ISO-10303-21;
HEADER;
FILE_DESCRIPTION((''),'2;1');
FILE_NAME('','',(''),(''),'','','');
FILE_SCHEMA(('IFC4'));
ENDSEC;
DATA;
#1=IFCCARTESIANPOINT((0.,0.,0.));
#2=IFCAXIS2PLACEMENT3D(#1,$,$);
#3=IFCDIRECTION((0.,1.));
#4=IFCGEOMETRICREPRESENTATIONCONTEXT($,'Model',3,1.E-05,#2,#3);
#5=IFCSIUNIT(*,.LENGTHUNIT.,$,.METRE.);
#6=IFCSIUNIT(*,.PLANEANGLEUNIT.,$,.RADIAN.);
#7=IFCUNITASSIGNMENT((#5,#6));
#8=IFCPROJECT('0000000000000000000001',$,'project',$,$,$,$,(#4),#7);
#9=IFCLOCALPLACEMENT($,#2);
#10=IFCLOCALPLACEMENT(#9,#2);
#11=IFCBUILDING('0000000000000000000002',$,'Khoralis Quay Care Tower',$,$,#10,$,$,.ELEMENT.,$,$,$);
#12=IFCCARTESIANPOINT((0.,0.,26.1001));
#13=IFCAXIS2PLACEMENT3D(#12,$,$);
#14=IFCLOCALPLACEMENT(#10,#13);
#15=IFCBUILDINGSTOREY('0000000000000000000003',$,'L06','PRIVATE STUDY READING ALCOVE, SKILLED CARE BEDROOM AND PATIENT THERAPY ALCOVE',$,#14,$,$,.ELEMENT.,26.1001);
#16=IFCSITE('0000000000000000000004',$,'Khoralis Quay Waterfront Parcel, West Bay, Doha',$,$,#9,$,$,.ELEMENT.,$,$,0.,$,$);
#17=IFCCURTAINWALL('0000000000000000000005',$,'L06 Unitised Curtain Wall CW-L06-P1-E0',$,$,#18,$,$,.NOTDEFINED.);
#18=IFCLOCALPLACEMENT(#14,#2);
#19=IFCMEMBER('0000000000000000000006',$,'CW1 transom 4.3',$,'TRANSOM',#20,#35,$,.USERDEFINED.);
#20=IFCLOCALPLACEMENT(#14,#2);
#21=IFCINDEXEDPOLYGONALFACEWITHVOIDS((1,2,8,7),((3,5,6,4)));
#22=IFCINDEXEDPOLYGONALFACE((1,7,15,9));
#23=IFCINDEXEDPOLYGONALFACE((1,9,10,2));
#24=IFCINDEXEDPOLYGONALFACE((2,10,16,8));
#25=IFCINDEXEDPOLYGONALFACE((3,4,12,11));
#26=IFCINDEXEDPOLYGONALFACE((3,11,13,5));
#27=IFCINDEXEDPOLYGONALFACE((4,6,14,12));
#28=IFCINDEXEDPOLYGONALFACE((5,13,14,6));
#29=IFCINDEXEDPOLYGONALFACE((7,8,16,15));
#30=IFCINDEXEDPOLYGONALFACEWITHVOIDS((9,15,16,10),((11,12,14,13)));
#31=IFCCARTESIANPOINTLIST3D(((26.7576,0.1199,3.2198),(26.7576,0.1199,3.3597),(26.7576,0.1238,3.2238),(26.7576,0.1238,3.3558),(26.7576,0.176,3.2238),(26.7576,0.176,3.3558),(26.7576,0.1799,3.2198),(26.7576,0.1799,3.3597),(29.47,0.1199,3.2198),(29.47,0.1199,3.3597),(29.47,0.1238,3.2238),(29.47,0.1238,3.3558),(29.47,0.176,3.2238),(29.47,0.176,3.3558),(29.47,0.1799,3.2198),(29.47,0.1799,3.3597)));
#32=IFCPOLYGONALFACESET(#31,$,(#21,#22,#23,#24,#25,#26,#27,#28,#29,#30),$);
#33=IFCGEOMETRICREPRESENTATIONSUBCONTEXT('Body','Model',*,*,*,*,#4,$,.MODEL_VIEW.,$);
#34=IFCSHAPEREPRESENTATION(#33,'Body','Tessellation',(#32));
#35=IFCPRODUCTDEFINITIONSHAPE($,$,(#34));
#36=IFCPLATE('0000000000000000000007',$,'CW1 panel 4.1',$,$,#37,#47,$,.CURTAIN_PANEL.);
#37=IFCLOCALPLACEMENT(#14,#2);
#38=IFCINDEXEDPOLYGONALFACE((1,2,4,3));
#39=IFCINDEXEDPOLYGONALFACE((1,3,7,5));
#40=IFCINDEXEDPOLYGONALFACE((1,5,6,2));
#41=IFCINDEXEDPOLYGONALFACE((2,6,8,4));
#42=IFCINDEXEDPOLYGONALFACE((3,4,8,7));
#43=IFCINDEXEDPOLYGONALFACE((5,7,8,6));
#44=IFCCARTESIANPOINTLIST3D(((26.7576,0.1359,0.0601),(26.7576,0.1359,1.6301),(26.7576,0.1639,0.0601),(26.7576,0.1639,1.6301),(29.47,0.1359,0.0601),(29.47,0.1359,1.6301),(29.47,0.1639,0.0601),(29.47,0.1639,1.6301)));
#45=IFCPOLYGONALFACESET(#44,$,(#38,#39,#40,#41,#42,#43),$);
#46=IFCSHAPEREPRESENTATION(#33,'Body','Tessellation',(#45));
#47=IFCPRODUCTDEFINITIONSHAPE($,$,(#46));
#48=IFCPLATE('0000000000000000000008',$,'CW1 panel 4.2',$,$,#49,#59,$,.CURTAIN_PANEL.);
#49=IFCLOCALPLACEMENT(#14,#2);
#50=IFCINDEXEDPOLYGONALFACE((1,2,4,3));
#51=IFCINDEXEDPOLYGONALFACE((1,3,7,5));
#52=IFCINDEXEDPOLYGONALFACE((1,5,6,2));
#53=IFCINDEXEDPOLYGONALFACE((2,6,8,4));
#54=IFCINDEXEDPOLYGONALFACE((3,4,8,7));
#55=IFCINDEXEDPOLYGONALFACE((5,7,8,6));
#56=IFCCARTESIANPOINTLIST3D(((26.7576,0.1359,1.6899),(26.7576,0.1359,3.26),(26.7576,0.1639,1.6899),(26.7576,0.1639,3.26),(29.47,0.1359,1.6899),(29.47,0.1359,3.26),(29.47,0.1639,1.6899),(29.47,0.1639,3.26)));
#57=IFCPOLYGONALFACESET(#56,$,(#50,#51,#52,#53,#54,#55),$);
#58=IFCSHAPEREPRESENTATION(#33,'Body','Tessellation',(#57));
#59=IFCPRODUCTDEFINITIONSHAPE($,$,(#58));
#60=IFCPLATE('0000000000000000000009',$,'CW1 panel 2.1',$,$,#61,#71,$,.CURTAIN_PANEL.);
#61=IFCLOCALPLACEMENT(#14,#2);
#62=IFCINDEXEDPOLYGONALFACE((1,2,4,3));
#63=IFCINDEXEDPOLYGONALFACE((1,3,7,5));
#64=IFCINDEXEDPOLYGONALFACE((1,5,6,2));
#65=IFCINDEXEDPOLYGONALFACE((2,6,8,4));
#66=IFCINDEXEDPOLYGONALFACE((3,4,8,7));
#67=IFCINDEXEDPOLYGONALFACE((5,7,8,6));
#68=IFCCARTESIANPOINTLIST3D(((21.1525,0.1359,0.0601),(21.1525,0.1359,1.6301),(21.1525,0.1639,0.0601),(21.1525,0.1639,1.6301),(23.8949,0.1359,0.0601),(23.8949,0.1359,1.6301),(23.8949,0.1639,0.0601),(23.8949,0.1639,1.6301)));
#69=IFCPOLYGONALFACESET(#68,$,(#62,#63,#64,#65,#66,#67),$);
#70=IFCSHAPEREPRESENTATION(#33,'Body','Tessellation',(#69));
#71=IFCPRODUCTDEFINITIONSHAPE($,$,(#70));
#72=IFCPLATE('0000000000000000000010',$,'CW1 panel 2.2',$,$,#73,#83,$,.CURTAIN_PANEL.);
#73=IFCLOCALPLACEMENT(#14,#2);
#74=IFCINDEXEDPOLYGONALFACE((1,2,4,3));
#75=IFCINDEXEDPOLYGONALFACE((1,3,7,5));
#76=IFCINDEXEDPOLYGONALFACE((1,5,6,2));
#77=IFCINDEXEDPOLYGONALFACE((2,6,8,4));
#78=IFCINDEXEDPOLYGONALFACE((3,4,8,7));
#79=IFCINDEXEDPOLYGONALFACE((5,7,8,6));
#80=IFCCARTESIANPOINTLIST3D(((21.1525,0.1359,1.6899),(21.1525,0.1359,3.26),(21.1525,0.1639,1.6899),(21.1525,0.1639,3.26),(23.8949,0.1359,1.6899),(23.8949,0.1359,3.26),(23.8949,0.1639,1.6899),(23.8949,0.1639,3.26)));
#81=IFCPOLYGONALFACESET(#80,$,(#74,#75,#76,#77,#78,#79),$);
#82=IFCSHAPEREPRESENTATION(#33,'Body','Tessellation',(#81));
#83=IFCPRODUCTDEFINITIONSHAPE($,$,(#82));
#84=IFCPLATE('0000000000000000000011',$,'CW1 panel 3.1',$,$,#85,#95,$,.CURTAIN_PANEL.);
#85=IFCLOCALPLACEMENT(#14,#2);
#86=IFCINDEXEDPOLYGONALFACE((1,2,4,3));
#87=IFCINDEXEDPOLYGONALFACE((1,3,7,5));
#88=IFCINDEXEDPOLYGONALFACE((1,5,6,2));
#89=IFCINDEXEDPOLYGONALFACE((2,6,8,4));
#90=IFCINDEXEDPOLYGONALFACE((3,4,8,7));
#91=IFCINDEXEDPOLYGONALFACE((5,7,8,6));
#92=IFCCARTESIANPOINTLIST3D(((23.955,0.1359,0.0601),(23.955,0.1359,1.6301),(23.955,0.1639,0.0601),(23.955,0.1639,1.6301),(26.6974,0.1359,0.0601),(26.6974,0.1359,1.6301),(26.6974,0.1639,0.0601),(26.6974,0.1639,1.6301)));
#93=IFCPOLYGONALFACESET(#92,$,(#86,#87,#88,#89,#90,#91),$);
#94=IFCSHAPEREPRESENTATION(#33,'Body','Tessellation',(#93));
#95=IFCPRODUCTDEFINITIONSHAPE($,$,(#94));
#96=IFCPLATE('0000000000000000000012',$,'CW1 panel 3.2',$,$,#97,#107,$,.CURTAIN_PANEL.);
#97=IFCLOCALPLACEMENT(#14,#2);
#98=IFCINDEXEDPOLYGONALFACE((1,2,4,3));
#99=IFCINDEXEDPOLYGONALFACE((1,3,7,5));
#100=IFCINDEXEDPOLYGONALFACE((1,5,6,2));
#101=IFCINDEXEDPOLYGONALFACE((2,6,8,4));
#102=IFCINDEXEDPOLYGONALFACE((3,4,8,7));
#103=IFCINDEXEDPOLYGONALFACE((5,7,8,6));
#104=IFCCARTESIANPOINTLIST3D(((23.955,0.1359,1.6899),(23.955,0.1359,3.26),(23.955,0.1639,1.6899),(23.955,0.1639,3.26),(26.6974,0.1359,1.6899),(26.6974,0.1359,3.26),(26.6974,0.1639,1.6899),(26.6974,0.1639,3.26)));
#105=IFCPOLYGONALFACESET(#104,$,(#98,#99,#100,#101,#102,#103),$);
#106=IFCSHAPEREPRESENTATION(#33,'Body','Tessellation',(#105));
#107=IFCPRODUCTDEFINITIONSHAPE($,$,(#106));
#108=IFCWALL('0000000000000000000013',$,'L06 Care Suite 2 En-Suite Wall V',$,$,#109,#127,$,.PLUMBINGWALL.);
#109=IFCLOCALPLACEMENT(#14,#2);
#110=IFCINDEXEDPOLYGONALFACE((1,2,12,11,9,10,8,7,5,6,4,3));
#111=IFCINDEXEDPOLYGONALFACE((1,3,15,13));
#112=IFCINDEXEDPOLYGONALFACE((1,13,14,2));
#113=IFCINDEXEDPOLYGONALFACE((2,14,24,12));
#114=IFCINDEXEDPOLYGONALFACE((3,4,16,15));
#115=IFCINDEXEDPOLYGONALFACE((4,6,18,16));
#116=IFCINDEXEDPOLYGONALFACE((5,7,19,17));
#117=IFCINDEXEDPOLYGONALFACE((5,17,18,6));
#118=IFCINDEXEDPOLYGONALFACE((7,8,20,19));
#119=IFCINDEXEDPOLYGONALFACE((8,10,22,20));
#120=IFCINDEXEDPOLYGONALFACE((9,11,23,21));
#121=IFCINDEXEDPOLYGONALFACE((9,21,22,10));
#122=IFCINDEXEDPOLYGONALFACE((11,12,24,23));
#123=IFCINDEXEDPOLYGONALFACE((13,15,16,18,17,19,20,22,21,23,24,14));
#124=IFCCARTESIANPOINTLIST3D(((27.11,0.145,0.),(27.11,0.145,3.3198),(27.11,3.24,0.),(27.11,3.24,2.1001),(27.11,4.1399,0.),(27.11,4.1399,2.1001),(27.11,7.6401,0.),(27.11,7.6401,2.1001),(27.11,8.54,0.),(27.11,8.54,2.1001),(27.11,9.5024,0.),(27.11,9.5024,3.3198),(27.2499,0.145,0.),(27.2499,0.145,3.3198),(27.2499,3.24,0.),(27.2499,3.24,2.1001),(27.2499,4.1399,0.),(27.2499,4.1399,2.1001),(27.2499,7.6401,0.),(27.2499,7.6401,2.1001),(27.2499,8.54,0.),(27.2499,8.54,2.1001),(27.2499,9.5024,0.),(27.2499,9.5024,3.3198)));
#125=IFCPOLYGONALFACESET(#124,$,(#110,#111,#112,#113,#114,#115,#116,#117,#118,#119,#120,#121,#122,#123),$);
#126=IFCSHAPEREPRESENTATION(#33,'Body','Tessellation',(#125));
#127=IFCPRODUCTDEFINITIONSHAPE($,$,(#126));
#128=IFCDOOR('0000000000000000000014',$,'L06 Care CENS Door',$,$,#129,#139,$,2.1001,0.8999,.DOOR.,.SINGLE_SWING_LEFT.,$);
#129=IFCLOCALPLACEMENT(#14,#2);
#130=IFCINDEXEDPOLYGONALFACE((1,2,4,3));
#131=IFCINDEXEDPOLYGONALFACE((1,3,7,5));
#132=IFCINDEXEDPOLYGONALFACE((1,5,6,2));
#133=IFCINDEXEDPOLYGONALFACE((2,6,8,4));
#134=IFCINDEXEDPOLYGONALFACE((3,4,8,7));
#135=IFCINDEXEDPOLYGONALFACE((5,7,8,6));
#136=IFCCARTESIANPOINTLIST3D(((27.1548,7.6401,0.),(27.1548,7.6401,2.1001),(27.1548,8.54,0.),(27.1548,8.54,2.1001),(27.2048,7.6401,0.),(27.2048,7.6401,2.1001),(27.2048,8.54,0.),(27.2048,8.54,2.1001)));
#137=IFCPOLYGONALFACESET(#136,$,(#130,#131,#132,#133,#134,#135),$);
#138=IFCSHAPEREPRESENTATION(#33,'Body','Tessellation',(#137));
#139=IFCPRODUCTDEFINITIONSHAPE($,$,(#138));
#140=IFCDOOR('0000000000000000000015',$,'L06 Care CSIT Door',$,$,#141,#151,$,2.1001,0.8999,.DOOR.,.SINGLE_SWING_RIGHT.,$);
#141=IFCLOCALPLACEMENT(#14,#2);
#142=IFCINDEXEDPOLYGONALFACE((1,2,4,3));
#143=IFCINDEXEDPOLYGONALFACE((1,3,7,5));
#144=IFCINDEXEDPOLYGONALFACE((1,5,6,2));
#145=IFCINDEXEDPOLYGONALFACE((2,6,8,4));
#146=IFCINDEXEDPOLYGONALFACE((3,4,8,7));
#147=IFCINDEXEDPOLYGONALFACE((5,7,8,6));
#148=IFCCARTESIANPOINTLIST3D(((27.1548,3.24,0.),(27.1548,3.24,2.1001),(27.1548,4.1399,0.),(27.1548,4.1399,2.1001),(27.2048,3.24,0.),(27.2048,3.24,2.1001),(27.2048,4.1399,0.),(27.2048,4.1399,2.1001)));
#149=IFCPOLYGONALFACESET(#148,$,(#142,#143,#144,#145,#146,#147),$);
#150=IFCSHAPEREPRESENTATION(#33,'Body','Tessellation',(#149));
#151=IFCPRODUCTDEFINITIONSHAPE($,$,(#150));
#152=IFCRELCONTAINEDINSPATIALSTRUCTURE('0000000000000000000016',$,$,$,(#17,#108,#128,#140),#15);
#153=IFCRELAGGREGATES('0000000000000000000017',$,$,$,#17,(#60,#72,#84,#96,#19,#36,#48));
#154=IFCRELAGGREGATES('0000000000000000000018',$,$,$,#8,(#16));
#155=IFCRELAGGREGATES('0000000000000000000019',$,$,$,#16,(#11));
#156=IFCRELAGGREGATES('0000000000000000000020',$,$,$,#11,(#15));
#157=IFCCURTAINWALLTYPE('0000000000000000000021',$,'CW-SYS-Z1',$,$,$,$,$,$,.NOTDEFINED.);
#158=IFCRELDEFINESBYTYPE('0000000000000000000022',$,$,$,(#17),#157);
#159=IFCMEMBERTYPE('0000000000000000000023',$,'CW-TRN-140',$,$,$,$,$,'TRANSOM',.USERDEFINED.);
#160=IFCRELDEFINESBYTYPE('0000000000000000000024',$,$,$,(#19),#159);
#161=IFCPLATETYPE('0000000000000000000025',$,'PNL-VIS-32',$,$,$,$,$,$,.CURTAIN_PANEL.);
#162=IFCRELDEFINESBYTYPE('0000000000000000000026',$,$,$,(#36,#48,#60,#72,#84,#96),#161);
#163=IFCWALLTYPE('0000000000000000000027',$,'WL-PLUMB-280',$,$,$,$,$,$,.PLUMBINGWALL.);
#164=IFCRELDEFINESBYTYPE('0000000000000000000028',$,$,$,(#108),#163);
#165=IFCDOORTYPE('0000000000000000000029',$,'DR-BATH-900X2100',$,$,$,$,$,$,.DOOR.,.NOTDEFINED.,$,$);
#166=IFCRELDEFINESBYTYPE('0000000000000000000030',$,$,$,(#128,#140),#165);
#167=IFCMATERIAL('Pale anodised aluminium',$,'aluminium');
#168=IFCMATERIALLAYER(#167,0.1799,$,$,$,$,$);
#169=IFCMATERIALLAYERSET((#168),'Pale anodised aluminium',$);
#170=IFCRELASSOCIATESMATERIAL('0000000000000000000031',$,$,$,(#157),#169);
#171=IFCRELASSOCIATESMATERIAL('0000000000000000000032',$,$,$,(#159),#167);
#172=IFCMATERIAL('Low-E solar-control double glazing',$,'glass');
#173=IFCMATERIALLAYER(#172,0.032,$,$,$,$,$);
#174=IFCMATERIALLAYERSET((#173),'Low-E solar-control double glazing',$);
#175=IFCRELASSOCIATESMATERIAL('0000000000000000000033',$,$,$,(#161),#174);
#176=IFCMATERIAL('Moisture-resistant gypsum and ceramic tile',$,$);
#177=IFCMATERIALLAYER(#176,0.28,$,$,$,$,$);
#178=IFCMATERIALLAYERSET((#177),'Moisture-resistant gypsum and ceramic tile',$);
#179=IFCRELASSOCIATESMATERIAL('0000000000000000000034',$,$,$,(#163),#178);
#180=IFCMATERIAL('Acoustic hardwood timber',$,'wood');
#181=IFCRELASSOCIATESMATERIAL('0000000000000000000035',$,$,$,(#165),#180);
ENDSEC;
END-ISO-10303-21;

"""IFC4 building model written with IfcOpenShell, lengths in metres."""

from ifc_helpers import new_model, si_unit, direction, frame, frame_2d, origin, origin_2d, place, context, subcontext, project, spatial, rectangle, hollow_rectangle, extrude, source, transform, mapped, material, layer, layer_set, material_profile, profile_set, type_object, element, fill, aggregate, save


model = new_model("IFC4")

# Units and contexts
model_context = context("Model", 3, precision=1e-05, world=origin(), true_north=direction((0.0, 1.0)))
body_context = subcontext(model_context, "Body", "Model", "MODEL_VIEW")
ifc_project = project(units=[si_unit("LENGTHUNIT", "METRE"), si_unit("PLANEANGLEUNIT", "RADIAN")], contexts=[model_context])

# Site, building, storey
site_placement = place(None, origin())
site = spatial("IfcSite", under=ifc_project, at=site_placement, Name="Khoralis Quay Waterfront Parcel, West Bay, Doha", CompositionType="ELEMENT", RefElevation=0.0)
building_placement = place(site_placement, origin())
building = spatial("IfcBuilding", under=site, at=building_placement, Name="Khoralis Quay Care Tower", CompositionType="ELEMENT")
storey_placement = place(building_placement, frame((0.0, 0.0, 26.1001)))
storey = spatial("IfcBuildingStorey", under=building, at=storey_placement, Name="L06", Description="PRIVATE STUDY READING ALCOVE, SKILLED CARE BEDROOM AND PATIENT THERAPY ALCOVE", CompositionType="ELEMENT", Elevation=26.1001)

# Curtain wall, member, plates
ifc_material_1 = material(Name="Pale anodised aluminium", Category="aluminium")
ifc_layer_1 = layer(ifc_material_1, 0.1799)
ifc_layer_set_1 = layer_set([ifc_layer_1], Name="Pale anodised aluminium")
curtain_wall_type = type_object("IfcCurtainWallType", Name="CW-SYS-Z1", PredefinedType="NOTDEFINED", material=ifc_layer_set_1)
curtain_wall_placement = place(storey_placement, origin())
curtain_wall = element("IfcCurtainWall", 1, at=curtain_wall_placement, inside=storey, type_object=curtain_wall_type, Name="L06 Unitised Curtain Wall CW-L06-P1-E0", PredefinedType="NOTDEFINED")
ifc_material_profile_1 = material_profile(ifc_material_1, hollow_rectangle(XDim=0.0601, YDim=0.1399, WallThickness=0.0039, at=origin_2d()), Name="Pale anodised aluminium")
ifc_profile_set_1 = profile_set([ifc_material_profile_1], Name="Pale anodised aluminium")
member_type_1 = type_object("IfcMemberType", Name="CW-TRN-140", ElementType="TRANSOM", PredefinedType="USERDEFINED", material=ifc_profile_set_1)
shared_shape_1 = source(origin(), body_context, "Body", "SweptSolid", [
    extrude(hollow_rectangle(XDim=0.0601, YDim=0.1399, WallThickness=0.0039, at=origin_2d()), origin(), (0.0, 0.0, 1.0), 2.7124),
])
member_1_placement = place(storey_placement, frame((26.7576, 0.1499, 3.2898), z_axis=(1.0, 0.0, 0.0), x_axis=(0.0, 1.0, 0.0)))
member_1 = element("IfcMember", 2, at=member_1_placement, type_object=member_type_1, Name="CW1 transom 4.3", ObjectType="TRANSOM", PredefinedType="USERDEFINED", context=body_context, shape_type="MappedRepresentation", body=[
    mapped(shared_shape_1, transform((0.0, 0.0, 0.0), scale=1.0)),
])
ifc_material_2 = material(Name="Low-E solar-control double glazing", Category="glass")
ifc_layer_2 = layer(ifc_material_2, 0.032)
ifc_layer_set_2 = layer_set([ifc_layer_2], Name="Low-E solar-control double glazing")
plate_type = type_object("IfcPlateType", Name="PNL-VIS-32", PredefinedType="CURTAIN_PANEL", material=ifc_layer_set_2)
shared_shape_2 = source(origin(), body_context, "Body", "SweptSolid", [
    extrude(rectangle(XDim=2.7124, YDim=0.0281, at=origin_2d()), origin(), (0.0, 0.0, 1.0), 1.5701),
])
plate_1_placement = place(storey_placement, frame((28.1138, 0.1499, 0.0601), z_axis=(0.0, 0.0, 1.0), x_axis=(1.0, 0.0, 0.0)))
plate_1 = element("IfcPlate", 3, at=plate_1_placement, type_object=plate_type, Name="CW1 panel 4.1", PredefinedType="CURTAIN_PANEL", context=body_context, shape_type="MappedRepresentation", body=[
    mapped(shared_shape_2, transform((0.0, 0.0, 0.0), scale=1.0)),
])
plate_2_placement = place(storey_placement, frame((28.1138, 0.1499, 1.6899), z_axis=(0.0, 0.0, 1.0), x_axis=(1.0, 0.0, 0.0)))
plate_2 = element("IfcPlate", 4, at=plate_2_placement, type_object=plate_type, Name="CW1 panel 4.2", PredefinedType="CURTAIN_PANEL", context=body_context, shape_type="MappedRepresentation", body=[
    mapped(shared_shape_2, transform((0.0, 0.0, 0.0), scale=1.0)),
])
shared_shape_3 = source(origin(), body_context, "Body", "SweptSolid", [
    extrude(rectangle(XDim=2.7424, YDim=0.0281, at=origin_2d()), origin(), (0.0, 0.0, 1.0), 1.5701),
])
plate_3_placement = place(storey_placement, frame((22.5237, 0.1499, 0.0601), z_axis=(0.0, 0.0, 1.0), x_axis=(1.0, 0.0, 0.0)))
plate_3 = element("IfcPlate", 5, at=plate_3_placement, type_object=plate_type, Name="CW1 panel 2.1", PredefinedType="CURTAIN_PANEL", context=body_context, shape_type="MappedRepresentation", body=[
    mapped(shared_shape_3, transform((0.0, 0.0, 0.0), scale=1.0)),
])
plate_4_placement = place(storey_placement, frame((22.5237, 0.1499, 1.6899), z_axis=(0.0, 0.0, 1.0), x_axis=(1.0, 0.0, 0.0)))
plate_4 = element("IfcPlate", 6, at=plate_4_placement, type_object=plate_type, Name="CW1 panel 2.2", PredefinedType="CURTAIN_PANEL", context=body_context, shape_type="MappedRepresentation", body=[
    mapped(shared_shape_3, transform((0.0, 0.0, 0.0), scale=1.0)),
])
plate_5_placement = place(storey_placement, frame((25.3262, 0.1499, 0.0601), z_axis=(0.0, 0.0, 1.0), x_axis=(1.0, 0.0, 0.0)))
plate_5 = element("IfcPlate", 7, at=plate_5_placement, type_object=plate_type, Name="CW1 panel 3.1", PredefinedType="CURTAIN_PANEL", context=body_context, shape_type="MappedRepresentation", body=[
    mapped(shared_shape_3, transform((0.0, 0.0, 0.0), scale=1.0)),
])
plate_6_placement = place(storey_placement, frame((25.3262, 0.1499, 1.6899), z_axis=(0.0, 0.0, 1.0), x_axis=(1.0, 0.0, 0.0)))
plate_6 = element("IfcPlate", 8, at=plate_6_placement, type_object=plate_type, Name="CW1 panel 3.2", PredefinedType="CURTAIN_PANEL", context=body_context, shape_type="MappedRepresentation", body=[
    mapped(shared_shape_3, transform((0.0, 0.0, 0.0), scale=1.0)),
])
aggregate(curtain_wall, [plate_3, plate_4, plate_5, plate_6, member_1, plate_1, plate_2])

# Wall, openings, doors
ifc_material_3 = material(Name="Moisture-resistant gypsum and ceramic tile")
ifc_layer_3 = layer(ifc_material_3, 0.28)
ifc_layer_set_3 = layer_set([ifc_layer_3], Name="Moisture-resistant gypsum and ceramic tile")
wall_type_1 = type_object("IfcWallType", Name="WL-PLUMB-280", PredefinedType="PLUMBINGWALL", material=ifc_layer_set_3)
wall_1_placement = place(storey_placement, frame((27.1799, 0.145, 0.0), z_axis=(0.0, 0.0, 1.0), x_axis=(0.0, 1.0, 0.0)))
wall_1 = element("IfcWall", 9, at=wall_1_placement, inside=storey, type_object=wall_type_1, Name="L06 Care Suite 2 En-Suite Wall V", PredefinedType="PLUMBINGWALL", context=body_context, shape_type="SweptSolid", body=[
    extrude(rectangle(XDim=9.3574, YDim=0.1399, at=frame_2d((4.6787, 0.0))), origin(), (0.0, 0.0, 1.0), 3.3198),
])
opening_1_placement = place(wall_1_placement, frame((7.4951, 0.0, 0.0)))
opening_1 = element("IfcOpeningElement", 10, at=opening_1_placement, cuts=wall_1, PredefinedType="OPENING", context=body_context, shape_type="SweptSolid", body=[
    extrude(rectangle(XDim=0.8999, YDim=2.1001, at=frame_2d((0.45, 1.05))), frame((0.0, 0.0801, 0.0), z_axis=(0.0, -1.0, 0.0), x_axis=(1.0, 0.0, 0.0)), (0.0, 0.0, 1.0), 0.1599),
])
opening_2_placement = place(wall_1_placement, frame((3.095, 0.0, 0.0)))
opening_2 = element("IfcOpeningElement", 11, at=opening_2_placement, cuts=wall_1, PredefinedType="OPENING", context=body_context, shape_type="SweptSolid", body=[
    extrude(rectangle(XDim=0.8999, YDim=2.1001, at=frame_2d((0.45, 1.05))), frame((0.0, 0.0801, 0.0), z_axis=(0.0, -1.0, 0.0), x_axis=(1.0, 0.0, 0.0)), (0.0, 0.0, 1.0), 0.1599),
])
ifc_material_4 = material(Name="Acoustic hardwood timber", Category="wood")
door_type = type_object("IfcDoorType", Name="DR-BATH-900X2100", OperationType="NOTDEFINED", PredefinedType="DOOR", material=ifc_material_4)
shared_shape_4 = source(origin(), body_context, "Body", "SweptSolid", [
    extrude(rectangle(XDim=0.8999, YDim=2.1001, at=frame_2d((0.45, 1.05))), frame((0.0, 0.0249, 0.0), z_axis=(0.0, -1.0, 0.0), x_axis=(1.0, 0.0, 0.0)), (0.0, 0.0, 1.0), 0.05),
])
door_1_placement = place(opening_1_placement, frame((0.8999, 0.0, 0.0), z_axis=(0.0, 0.0, 1.0), x_axis=(-1.0, 0.0, 0.0)))
door_1 = element("IfcDoor", 12, at=door_1_placement, inside=storey, type_object=door_type, Name="L06 Care CENS Door", OperationType="SINGLE_SWING_LEFT", OverallHeight=2.1001, OverallWidth=0.8999, PredefinedType="DOOR", context=body_context, shape_type="MappedRepresentation", body=[
    mapped(shared_shape_4, transform((0.0, 0.0, 0.0), scale=1.0)),
])
fill(opening_1, door_1)
door_2_placement = place(opening_2_placement, frame((0.8999, 0.0, 0.0), z_axis=(0.0, 0.0, 1.0), x_axis=(-1.0, 0.0, 0.0)))
door_2 = element("IfcDoor", 13, at=door_2_placement, inside=storey, type_object=door_type, Name="L06 Care CSIT Door", OperationType="SINGLE_SWING_RIGHT", OverallHeight=2.1001, OverallWidth=0.8999, PredefinedType="DOOR", context=body_context, shape_type="MappedRepresentation", body=[
    mapped(shared_shape_4, transform((0.0, 0.0, 0.0), scale=1.0)),
])
fill(opening_2, door_2)

save(model, "model.ifc")
